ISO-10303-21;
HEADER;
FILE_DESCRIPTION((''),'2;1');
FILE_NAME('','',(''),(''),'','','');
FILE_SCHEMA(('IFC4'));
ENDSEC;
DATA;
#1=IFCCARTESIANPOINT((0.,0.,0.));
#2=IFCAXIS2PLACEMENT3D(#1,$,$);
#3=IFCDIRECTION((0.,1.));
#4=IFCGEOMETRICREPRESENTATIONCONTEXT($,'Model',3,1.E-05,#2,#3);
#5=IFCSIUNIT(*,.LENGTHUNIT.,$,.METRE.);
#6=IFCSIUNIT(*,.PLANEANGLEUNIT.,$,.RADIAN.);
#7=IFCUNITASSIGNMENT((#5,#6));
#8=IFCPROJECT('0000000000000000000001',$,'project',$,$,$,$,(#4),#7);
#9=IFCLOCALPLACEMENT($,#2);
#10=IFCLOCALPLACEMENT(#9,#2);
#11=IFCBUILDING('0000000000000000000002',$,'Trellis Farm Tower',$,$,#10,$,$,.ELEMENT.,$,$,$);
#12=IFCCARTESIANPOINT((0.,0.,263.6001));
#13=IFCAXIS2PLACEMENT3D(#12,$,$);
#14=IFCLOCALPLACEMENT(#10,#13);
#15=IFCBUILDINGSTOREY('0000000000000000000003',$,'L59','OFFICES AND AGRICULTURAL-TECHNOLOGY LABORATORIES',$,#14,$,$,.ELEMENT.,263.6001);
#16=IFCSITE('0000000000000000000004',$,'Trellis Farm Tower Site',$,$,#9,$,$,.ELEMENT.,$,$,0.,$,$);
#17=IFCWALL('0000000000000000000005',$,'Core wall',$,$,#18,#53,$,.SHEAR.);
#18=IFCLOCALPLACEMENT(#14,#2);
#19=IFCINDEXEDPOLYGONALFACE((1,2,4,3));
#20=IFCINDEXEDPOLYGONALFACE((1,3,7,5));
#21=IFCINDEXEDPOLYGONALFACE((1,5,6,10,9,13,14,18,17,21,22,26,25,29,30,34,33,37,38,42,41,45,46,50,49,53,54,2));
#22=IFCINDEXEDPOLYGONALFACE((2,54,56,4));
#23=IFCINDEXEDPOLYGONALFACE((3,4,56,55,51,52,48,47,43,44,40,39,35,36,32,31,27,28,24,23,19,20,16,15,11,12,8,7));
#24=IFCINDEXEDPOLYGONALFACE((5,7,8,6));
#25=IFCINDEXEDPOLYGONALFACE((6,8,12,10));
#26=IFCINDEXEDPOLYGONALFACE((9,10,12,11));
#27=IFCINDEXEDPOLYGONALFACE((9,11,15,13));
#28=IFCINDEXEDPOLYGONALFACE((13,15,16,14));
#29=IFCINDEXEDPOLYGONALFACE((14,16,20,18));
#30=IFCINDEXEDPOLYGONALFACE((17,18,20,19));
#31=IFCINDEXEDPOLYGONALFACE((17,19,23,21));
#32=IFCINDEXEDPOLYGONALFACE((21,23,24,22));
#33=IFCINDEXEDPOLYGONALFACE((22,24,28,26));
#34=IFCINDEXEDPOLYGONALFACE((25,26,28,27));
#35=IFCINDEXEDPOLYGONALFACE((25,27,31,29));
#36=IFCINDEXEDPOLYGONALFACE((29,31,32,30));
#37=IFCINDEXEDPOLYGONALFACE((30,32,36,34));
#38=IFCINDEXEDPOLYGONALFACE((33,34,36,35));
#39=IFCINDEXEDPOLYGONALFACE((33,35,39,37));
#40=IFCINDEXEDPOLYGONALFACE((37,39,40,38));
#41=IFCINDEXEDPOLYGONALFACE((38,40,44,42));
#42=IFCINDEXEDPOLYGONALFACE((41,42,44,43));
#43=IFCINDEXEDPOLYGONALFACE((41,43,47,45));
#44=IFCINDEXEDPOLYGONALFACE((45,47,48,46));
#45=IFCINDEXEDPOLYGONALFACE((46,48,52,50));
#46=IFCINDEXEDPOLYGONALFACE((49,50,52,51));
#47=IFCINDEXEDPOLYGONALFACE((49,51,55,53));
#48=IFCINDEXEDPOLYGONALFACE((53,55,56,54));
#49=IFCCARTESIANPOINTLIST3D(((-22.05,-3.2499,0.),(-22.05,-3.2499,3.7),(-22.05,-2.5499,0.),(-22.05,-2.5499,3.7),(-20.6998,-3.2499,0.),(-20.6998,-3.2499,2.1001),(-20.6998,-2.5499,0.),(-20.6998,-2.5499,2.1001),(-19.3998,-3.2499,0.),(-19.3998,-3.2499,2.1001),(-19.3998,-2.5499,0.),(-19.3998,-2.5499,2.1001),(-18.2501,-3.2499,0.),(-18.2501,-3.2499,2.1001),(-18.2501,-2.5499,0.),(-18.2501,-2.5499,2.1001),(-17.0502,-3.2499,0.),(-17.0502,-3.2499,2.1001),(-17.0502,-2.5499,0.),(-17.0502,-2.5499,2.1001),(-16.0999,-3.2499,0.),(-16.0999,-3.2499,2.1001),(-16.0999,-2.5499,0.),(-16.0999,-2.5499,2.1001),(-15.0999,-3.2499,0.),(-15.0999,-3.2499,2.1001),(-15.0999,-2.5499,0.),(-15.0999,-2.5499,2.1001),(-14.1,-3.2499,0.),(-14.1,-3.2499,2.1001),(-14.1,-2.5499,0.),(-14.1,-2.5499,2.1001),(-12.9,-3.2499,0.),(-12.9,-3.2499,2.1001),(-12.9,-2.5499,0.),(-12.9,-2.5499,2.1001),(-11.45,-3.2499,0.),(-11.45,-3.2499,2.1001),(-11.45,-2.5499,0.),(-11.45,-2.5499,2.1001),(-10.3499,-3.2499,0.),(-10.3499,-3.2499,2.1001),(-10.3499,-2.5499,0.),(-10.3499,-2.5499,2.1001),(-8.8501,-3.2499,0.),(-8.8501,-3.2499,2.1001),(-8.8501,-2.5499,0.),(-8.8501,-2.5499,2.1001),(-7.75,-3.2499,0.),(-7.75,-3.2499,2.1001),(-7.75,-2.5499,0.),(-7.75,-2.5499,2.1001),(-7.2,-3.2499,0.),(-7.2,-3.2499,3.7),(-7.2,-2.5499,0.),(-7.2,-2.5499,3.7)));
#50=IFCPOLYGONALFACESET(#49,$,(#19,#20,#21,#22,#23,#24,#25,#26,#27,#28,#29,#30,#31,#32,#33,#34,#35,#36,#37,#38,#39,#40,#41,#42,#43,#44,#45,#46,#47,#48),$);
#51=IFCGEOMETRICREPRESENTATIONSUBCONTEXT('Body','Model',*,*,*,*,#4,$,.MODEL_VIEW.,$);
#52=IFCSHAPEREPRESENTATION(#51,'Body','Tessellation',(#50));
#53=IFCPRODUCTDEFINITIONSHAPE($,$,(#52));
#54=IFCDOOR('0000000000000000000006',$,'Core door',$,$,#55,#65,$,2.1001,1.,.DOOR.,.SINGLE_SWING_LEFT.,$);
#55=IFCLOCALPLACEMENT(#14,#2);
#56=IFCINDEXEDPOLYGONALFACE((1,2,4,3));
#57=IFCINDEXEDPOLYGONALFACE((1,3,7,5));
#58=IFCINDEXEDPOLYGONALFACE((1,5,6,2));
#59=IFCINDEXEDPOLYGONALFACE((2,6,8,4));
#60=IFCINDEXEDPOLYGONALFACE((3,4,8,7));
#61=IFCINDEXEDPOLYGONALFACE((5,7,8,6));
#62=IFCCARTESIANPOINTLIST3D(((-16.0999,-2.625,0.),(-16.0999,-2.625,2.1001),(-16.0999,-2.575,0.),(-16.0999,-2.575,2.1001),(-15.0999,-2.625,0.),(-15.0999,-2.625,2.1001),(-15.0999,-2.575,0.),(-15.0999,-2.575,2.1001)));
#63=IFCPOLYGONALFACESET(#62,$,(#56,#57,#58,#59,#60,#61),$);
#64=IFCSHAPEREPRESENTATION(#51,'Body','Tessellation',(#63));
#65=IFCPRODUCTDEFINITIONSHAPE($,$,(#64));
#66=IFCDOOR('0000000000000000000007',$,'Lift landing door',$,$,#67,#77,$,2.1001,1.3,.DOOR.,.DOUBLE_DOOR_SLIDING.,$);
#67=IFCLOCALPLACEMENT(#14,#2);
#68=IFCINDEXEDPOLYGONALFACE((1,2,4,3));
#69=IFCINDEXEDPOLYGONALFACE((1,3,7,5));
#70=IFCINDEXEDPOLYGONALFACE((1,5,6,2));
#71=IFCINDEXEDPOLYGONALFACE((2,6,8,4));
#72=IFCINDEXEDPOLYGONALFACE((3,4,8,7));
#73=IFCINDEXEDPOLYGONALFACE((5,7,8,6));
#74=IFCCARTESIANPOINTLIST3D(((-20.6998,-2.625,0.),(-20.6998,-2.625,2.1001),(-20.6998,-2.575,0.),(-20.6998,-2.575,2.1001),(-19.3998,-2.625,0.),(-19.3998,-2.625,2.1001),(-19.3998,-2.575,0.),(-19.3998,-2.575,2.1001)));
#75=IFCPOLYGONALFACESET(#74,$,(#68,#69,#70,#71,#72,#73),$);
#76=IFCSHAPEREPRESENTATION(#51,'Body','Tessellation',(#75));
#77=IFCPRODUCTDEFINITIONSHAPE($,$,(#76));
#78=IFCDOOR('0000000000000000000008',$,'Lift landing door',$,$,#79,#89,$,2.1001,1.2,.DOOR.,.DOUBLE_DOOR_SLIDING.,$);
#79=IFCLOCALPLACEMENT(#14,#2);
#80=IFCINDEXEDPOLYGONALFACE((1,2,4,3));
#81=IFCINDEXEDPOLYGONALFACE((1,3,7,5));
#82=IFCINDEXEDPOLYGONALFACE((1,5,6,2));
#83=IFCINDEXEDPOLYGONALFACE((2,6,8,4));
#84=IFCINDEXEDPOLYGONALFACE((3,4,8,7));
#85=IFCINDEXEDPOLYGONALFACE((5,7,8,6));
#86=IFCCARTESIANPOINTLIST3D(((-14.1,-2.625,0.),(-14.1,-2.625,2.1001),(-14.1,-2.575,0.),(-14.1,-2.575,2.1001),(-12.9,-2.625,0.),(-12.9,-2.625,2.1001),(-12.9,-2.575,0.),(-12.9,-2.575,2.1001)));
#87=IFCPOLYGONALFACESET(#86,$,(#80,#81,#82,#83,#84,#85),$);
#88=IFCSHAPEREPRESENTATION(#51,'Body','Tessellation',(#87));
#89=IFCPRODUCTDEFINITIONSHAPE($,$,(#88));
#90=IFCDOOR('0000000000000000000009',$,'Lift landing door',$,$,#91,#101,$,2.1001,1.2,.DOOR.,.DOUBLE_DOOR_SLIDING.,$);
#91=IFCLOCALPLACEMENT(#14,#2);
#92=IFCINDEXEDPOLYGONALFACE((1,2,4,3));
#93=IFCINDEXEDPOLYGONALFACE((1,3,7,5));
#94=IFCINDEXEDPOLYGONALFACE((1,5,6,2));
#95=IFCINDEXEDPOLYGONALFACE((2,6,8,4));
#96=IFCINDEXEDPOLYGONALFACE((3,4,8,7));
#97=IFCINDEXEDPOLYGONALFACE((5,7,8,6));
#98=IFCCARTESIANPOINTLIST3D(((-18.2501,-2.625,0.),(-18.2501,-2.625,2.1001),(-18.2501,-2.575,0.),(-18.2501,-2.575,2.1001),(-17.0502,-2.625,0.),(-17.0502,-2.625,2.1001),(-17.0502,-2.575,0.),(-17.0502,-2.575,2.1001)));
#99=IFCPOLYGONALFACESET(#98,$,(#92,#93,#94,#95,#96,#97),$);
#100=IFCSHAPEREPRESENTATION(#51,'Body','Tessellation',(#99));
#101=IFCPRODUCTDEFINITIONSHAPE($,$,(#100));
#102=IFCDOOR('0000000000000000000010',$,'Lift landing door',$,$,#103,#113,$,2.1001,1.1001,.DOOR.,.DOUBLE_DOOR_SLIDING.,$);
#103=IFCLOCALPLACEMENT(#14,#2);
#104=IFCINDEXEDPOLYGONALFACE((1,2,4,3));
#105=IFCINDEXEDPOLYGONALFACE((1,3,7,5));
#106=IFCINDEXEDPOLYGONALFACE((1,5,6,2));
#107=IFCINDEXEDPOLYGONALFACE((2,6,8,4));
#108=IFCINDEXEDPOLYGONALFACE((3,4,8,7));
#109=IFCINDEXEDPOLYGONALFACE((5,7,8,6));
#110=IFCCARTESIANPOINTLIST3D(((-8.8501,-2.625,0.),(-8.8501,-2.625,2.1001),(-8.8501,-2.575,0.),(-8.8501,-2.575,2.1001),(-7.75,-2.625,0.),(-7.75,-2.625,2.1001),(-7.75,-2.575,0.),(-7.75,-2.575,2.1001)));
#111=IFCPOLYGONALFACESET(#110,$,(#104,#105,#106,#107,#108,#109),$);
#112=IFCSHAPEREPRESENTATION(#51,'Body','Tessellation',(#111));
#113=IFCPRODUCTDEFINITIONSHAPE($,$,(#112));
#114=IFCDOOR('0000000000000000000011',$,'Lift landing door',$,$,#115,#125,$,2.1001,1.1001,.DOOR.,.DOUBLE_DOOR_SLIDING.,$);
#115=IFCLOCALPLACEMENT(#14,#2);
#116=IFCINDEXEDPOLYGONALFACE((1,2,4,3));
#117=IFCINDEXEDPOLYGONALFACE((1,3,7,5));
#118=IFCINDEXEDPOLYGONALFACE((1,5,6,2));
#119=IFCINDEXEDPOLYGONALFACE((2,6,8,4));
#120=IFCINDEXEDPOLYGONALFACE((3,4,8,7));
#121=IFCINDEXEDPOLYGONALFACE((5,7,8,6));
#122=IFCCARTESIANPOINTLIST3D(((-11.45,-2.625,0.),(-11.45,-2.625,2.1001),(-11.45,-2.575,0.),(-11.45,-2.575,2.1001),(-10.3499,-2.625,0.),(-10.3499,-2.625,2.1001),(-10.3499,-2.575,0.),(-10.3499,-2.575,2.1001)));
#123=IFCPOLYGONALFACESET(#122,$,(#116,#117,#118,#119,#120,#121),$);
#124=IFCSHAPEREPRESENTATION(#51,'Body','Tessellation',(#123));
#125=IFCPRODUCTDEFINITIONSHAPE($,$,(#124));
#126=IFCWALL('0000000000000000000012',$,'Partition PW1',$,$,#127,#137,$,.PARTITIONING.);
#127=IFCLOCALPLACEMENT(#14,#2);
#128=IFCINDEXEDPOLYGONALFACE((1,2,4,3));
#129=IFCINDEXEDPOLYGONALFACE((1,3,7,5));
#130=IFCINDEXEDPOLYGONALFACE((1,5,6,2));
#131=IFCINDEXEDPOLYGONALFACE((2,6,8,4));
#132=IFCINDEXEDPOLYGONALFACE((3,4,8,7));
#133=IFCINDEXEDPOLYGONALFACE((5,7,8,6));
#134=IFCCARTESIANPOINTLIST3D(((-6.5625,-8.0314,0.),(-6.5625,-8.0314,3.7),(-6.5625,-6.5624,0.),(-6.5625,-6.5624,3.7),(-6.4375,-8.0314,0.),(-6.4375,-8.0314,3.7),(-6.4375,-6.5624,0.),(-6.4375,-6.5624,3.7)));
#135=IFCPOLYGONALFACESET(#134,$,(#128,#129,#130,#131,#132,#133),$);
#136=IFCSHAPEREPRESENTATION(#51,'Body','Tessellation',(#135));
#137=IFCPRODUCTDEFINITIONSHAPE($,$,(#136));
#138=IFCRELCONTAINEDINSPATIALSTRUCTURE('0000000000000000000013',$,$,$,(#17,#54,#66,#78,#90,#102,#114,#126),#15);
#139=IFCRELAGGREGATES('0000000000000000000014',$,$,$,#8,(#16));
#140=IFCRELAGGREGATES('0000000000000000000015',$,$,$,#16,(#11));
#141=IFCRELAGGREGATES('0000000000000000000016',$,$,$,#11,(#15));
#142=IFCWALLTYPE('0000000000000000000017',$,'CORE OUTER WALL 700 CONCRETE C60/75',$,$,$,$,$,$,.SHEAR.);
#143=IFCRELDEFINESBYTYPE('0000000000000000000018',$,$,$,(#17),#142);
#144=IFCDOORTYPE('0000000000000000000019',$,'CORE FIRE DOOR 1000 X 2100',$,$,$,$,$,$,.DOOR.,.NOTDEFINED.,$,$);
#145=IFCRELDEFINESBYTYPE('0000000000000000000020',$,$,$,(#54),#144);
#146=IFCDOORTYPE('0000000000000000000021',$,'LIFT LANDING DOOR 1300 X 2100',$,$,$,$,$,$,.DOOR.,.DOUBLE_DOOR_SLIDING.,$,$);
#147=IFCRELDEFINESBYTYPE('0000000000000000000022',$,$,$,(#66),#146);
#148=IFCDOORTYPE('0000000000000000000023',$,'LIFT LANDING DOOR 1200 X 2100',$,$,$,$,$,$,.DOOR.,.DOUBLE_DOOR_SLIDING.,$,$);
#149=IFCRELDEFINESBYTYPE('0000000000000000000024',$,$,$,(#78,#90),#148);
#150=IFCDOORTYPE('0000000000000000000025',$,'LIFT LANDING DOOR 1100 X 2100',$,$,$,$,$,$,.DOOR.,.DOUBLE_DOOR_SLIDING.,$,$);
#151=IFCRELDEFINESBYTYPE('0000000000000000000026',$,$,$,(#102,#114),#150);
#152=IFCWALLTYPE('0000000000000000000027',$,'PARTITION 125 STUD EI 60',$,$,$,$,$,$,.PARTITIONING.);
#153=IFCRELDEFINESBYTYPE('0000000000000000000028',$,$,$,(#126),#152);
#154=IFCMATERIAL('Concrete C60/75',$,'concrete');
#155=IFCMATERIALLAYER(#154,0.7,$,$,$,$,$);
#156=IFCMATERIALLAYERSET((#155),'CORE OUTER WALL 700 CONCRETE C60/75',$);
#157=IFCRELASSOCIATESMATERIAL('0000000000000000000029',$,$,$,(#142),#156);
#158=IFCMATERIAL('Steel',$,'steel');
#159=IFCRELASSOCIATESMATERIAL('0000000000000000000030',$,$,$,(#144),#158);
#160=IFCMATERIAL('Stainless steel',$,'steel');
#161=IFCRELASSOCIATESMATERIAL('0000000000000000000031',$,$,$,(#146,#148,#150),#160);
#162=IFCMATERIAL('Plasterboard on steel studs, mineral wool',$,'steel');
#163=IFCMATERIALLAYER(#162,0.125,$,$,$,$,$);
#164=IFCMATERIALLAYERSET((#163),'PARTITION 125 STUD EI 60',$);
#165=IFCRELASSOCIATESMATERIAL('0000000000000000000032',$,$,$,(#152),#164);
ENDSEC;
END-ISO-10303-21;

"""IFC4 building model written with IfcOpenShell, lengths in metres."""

from ifc_helpers import new_model, si_unit, direction, frame, frame_2d, origin, place, context, subcontext, project, spatial, rectangle, extrude, source, transform, mapped, material, layer, layer_set, type_object, element, fill, save


model = new_model("IFC4")

# Units and contexts
model_context = context("Model", 3, precision=1e-05, world=origin(), true_north=direction((0.0, 1.0)))
body_context = subcontext(model_context, "Body", "Model", "MODEL_VIEW")
ifc_project = project(units=[si_unit("LENGTHUNIT", "METRE"), si_unit("PLANEANGLEUNIT", "RADIAN")], contexts=[model_context])

# Site, building, storey
site_placement = place(None, origin())
site = spatial("IfcSite", under=ifc_project, at=site_placement, Name="Trellis Farm Tower Site", CompositionType="ELEMENT", RefElevation=0.0)
building_placement = place(site_placement, origin())
building = spatial("IfcBuilding", under=site, at=building_placement, Name="Trellis Farm Tower", CompositionType="ELEMENT")
storey_placement = place(building_placement, frame((0.0, 0.0, 263.6001)))
storey = spatial("IfcBuildingStorey", under=building, at=storey_placement, Name="L59", Description="OFFICES AND AGRICULTURAL-TECHNOLOGY LABORATORIES", CompositionType="ELEMENT", Elevation=263.6001)

# Shared definitions
ifc_material_1 = material(Name="Concrete C60/75", Category="concrete")

# Wall, openings, doors
ifc_layer_1 = layer(ifc_material_1, 0.7)
ifc_layer_set_1 = layer_set([ifc_layer_1], Name="CORE OUTER WALL 700 CONCRETE C60/75")
wall_type_1 = type_object("IfcWallType", Name="CORE OUTER WALL 700 CONCRETE C60/75", PredefinedType="SHEAR", material=ifc_layer_set_1)
shared_shape_1 = source(origin(), body_context, "Body", "SweptSolid", [
    extrude(rectangle(XDim=14.8501, YDim=0.7, at=frame_2d((7.425, 0.0))), origin(), (0.0, 0.0, 1.0), 3.7),
])
wall_1_placement = place(storey_placement, frame((-7.2, -2.8999, 0.0), z_axis=(0.0, 0.0, 1.0), x_axis=(-1.0, 0.0, 0.0)))
wall_1 = element("IfcWall", 1, at=wall_1_placement, inside=storey, type_object=wall_type_1, Name="Core wall", PredefinedType="SHEAR", context=body_context, shape_type="MappedRepresentation", body=[
    mapped(shared_shape_1, transform((0.0, 0.0, 0.0))),
])
shared_shape_2 = source(origin(), body_context, "Body", "SweptSolid", [
    extrude(rectangle(XDim=1.1001, YDim=2.1001, at=frame_2d((0.55, 1.05))), frame((0.0, 0.3601, 0.0), z_axis=(0.0, -1.0, 0.0), x_axis=(1.0, 0.0, 0.0)), (0.0, 0.0, 1.0), 0.7202),
])
opening_1_placement = place(wall_1_placement, frame((0.55, 0.0, 0.0)))
opening_1 = element("IfcOpeningElement", 2, at=opening_1_placement, cuts=wall_1, PredefinedType="OPENING", context=body_context, shape_type="MappedRepresentation", body=[
    mapped(shared_shape_2, transform((0.0, 0.0, 0.0))),
])
opening_2_placement = place(wall_1_placement, frame((3.1499, 0.0, 0.0)))
opening_2 = element("IfcOpeningElement", 3, at=opening_2_placement, cuts=wall_1, PredefinedType="OPENING", context=body_context, shape_type="MappedRepresentation", body=[
    mapped(shared_shape_2, transform((0.0, 0.0, 0.0))),
])
shared_shape_3 = source(origin(), body_context, "Body", "SweptSolid", [
    extrude(rectangle(XDim=1.2, YDim=2.1001, at=frame_2d((0.6001, 1.05))), frame((0.0, 0.3601, 0.0), z_axis=(0.0, -1.0, 0.0), x_axis=(1.0, 0.0, 0.0)), (0.0, 0.0, 1.0), 0.7202),
])
opening_3_placement = place(wall_1_placement, frame((5.7, 0.0, 0.0)))
opening_3 = element("IfcOpeningElement", 4, at=opening_3_placement, cuts=wall_1, PredefinedType="OPENING", context=body_context, shape_type="MappedRepresentation", body=[
    mapped(shared_shape_3, transform((0.0, 0.0, 0.0))),
])
shared_shape_4 = source(origin(), body_context, "Body", "SweptSolid", [
    extrude(rectangle(XDim=1.3, YDim=2.1001, at=frame_2d((0.6499, 1.05))), frame((0.0, 0.3601, 0.0), z_axis=(0.0, -1.0, 0.0), x_axis=(1.0, 0.0, 0.0)), (0.0, 0.0, 1.0), 0.7202),
])
opening_4_placement = place(wall_1_placement, frame((12.2, 0.0, 0.0)))
opening_4 = element("IfcOpeningElement", 5, at=opening_4_placement, cuts=wall_1, PredefinedType="OPENING", context=body_context, shape_type="MappedRepresentation", body=[
    mapped(shared_shape_4, transform((0.0, 0.0, 0.0))),
])
opening_5_placement = place(wall_1_placement, frame((9.8501, 0.0, 0.0)))
opening_5 = element("IfcOpeningElement", 6, at=opening_5_placement, cuts=wall_1, PredefinedType="OPENING", context=body_context, shape_type="MappedRepresentation", body=[
    mapped(shared_shape_3, transform((0.0, 0.0, 0.0))),
])
shared_shape_5 = source(origin(), body_context, "Body", "SweptSolid", [
    extrude(rectangle(XDim=1.0, YDim=2.1001, at=frame_2d((0.5, 1.05))), frame((0.0, 0.3601, 0.0), z_axis=(0.0, -1.0, 0.0), x_axis=(1.0, 0.0, 0.0)), (0.0, 0.0, 1.0), 0.7202),
])
opening_6_placement = place(wall_1_placement, frame((7.8999, 0.0, 0.0)))
opening_6 = element("IfcOpeningElement", 7, at=opening_6_placement, cuts=wall_1, PredefinedType="OPENING", context=body_context, shape_type="MappedRepresentation", body=[
    mapped(shared_shape_5, transform((0.0, 0.0, 0.0))),
])
ifc_material_2 = material(Name="Steel", Category="steel")
door_type_1 = type_object("IfcDoorType", Name="CORE FIRE DOOR 1000 X 2100", OperationType="NOTDEFINED", PredefinedType="DOOR", material=ifc_material_2)
shared_shape_6 = source(origin(), body_context, "Body", "SweptSolid", [
    extrude(rectangle(XDim=1.0, YDim=2.1001, at=frame_2d((0.5, 1.05))), frame((0.0, -0.2749, 0.0), z_axis=(0.0, -1.0, 0.0), x_axis=(1.0, 0.0, 0.0)), (0.0, 0.0, 1.0), 0.05),
])
door_1_placement = place(opening_6_placement, origin())
door_1 = element("IfcDoor", 8, at=door_1_placement, inside=storey, type_object=door_type_1, Name="Core door", OperationType="SINGLE_SWING_LEFT", OverallHeight=2.1001, OverallWidth=1.0, PredefinedType="DOOR", context=body_context, shape_type="MappedRepresentation", body=[
    mapped(shared_shape_6, transform((0.0, 0.0, 0.0))),
])
fill(opening_6, door_1)
ifc_material_3 = material(Name="Stainless steel", Category="steel")
door_type_2 = type_object("IfcDoorType", Name="LIFT LANDING DOOR 1300 X 2100", OperationType="DOUBLE_DOOR_SLIDING", PredefinedType="DOOR", material=ifc_material_3)
shared_shape_7 = source(origin(), body_context, "Body", "SweptSolid", [
    extrude(rectangle(XDim=1.3, YDim=2.1001, at=frame_2d((0.6499, 1.05))), frame((0.0, -0.2749, 0.0), z_axis=(0.0, -1.0, 0.0), x_axis=(1.0, 0.0, 0.0)), (0.0, 0.0, 1.0), 0.05),
])
door_2_placement = place(opening_4_placement, origin())
door_2 = element("IfcDoor", 9, at=door_2_placement, inside=storey, type_object=door_type_2, Name="Lift landing door", OperationType="DOUBLE_DOOR_SLIDING", OverallHeight=2.1001, OverallWidth=1.3, PredefinedType="DOOR", context=body_context, shape_type="MappedRepresentation", body=[
    mapped(shared_shape_7, transform((0.0, 0.0, 0.0))),
])
fill(opening_4, door_2)
door_type_3 = type_object("IfcDoorType", Name="LIFT LANDING DOOR 1200 X 2100", OperationType="DOUBLE_DOOR_SLIDING", PredefinedType="DOOR", material=ifc_material_3)
shared_shape_8 = source(origin(), body_context, "Body", "SweptSolid", [
    extrude(rectangle(XDim=1.2, YDim=2.1001, at=frame_2d((0.6001, 1.05))), frame((0.0, -0.2749, 0.0), z_axis=(0.0, -1.0, 0.0), x_axis=(1.0, 0.0, 0.0)), (0.0, 0.0, 1.0), 0.05),
])
door_3_placement = place(opening_3_placement, origin())
door_3 = element("IfcDoor", 10, at=door_3_placement, inside=storey, type_object=door_type_3, Name="Lift landing door", OperationType="DOUBLE_DOOR_SLIDING", OverallHeight=2.1001, OverallWidth=1.2, PredefinedType="DOOR", context=body_context, shape_type="MappedRepresentation", body=[
    mapped(shared_shape_8, transform((0.0, 0.0, 0.0))),
])
fill(opening_3, door_3)
door_4_placement = place(opening_5_placement, origin())
door_4 = element("IfcDoor", 11, at=door_4_placement, inside=storey, type_object=door_type_3, Name="Lift landing door", OperationType="DOUBLE_DOOR_SLIDING", OverallHeight=2.1001, OverallWidth=1.2, PredefinedType="DOOR", context=body_context, shape_type="MappedRepresentation", body=[
    mapped(shared_shape_8, transform((0.0, 0.0, 0.0))),
])
fill(opening_5, door_4)
door_type_4 = type_object("IfcDoorType", Name="LIFT LANDING DOOR 1100 X 2100", OperationType="DOUBLE_DOOR_SLIDING", PredefinedType="DOOR", material=ifc_material_3)
shared_shape_9 = source(origin(), body_context, "Body", "SweptSolid", [
    extrude(rectangle(XDim=1.1001, YDim=2.1001, at=frame_2d((0.55, 1.05))), frame((0.0, -0.2749, 0.0), z_axis=(0.0, -1.0, 0.0), x_axis=(1.0, 0.0, 0.0)), (0.0, 0.0, 1.0), 0.05),
])
door_5_placement = place(opening_1_placement, origin())
door_5 = element("IfcDoor", 12, at=door_5_placement, inside=storey, type_object=door_type_4, Name="Lift landing door", OperationType="DOUBLE_DOOR_SLIDING", OverallHeight=2.1001, OverallWidth=1.1001, PredefinedType="DOOR", context=body_context, shape_type="MappedRepresentation", body=[
    mapped(shared_shape_9, transform((0.0, 0.0, 0.0))),
])
fill(opening_1, door_5)
door_6_placement = place(opening_2_placement, origin())
door_6 = element("IfcDoor", 13, at=door_6_placement, inside=storey, type_object=door_type_4, Name="Lift landing door", OperationType="DOUBLE_DOOR_SLIDING", OverallHeight=2.1001, OverallWidth=1.1001, PredefinedType="DOOR", context=body_context, shape_type="MappedRepresentation", body=[
    mapped(shared_shape_9, transform((0.0, 0.0, 0.0))),
])
fill(opening_2, door_6)

# Wall
ifc_material_4 = material(Name="Plasterboard on steel studs, mineral wool", Category="steel")
ifc_layer_2 = layer(ifc_material_4, 0.125)
ifc_layer_set_2 = layer_set([ifc_layer_2], Name="PARTITION 125 STUD EI 60")
wall_type_2 = type_object("IfcWallType", Name="PARTITION 125 STUD EI 60", PredefinedType="PARTITIONING", material=ifc_layer_set_2)
shared_shape_10 = source(origin(), body_context, "Body", "SweptSolid", [
    extrude(rectangle(XDim=1.469, YDim=0.125, at=frame_2d((0.7344, 0.0))), origin(), (0.0, 0.0, 1.0), 3.7),
])
wall_2_placement = place(storey_placement, frame((-6.5, -6.5625, 0.0), z_axis=(0.0, 0.0, 1.0), x_axis=(0.0, -1.0, 0.0)))
element("IfcWall", 14, at=wall_2_placement, inside=storey, type_object=wall_type_2, Name="Partition PW1", PredefinedType="PARTITIONING", context=body_context, shape_type="MappedRepresentation", body=[
    mapped(shared_shape_10, transform((0.0, 0.0, 0.0))),
])

save(model, "model.ifc")
